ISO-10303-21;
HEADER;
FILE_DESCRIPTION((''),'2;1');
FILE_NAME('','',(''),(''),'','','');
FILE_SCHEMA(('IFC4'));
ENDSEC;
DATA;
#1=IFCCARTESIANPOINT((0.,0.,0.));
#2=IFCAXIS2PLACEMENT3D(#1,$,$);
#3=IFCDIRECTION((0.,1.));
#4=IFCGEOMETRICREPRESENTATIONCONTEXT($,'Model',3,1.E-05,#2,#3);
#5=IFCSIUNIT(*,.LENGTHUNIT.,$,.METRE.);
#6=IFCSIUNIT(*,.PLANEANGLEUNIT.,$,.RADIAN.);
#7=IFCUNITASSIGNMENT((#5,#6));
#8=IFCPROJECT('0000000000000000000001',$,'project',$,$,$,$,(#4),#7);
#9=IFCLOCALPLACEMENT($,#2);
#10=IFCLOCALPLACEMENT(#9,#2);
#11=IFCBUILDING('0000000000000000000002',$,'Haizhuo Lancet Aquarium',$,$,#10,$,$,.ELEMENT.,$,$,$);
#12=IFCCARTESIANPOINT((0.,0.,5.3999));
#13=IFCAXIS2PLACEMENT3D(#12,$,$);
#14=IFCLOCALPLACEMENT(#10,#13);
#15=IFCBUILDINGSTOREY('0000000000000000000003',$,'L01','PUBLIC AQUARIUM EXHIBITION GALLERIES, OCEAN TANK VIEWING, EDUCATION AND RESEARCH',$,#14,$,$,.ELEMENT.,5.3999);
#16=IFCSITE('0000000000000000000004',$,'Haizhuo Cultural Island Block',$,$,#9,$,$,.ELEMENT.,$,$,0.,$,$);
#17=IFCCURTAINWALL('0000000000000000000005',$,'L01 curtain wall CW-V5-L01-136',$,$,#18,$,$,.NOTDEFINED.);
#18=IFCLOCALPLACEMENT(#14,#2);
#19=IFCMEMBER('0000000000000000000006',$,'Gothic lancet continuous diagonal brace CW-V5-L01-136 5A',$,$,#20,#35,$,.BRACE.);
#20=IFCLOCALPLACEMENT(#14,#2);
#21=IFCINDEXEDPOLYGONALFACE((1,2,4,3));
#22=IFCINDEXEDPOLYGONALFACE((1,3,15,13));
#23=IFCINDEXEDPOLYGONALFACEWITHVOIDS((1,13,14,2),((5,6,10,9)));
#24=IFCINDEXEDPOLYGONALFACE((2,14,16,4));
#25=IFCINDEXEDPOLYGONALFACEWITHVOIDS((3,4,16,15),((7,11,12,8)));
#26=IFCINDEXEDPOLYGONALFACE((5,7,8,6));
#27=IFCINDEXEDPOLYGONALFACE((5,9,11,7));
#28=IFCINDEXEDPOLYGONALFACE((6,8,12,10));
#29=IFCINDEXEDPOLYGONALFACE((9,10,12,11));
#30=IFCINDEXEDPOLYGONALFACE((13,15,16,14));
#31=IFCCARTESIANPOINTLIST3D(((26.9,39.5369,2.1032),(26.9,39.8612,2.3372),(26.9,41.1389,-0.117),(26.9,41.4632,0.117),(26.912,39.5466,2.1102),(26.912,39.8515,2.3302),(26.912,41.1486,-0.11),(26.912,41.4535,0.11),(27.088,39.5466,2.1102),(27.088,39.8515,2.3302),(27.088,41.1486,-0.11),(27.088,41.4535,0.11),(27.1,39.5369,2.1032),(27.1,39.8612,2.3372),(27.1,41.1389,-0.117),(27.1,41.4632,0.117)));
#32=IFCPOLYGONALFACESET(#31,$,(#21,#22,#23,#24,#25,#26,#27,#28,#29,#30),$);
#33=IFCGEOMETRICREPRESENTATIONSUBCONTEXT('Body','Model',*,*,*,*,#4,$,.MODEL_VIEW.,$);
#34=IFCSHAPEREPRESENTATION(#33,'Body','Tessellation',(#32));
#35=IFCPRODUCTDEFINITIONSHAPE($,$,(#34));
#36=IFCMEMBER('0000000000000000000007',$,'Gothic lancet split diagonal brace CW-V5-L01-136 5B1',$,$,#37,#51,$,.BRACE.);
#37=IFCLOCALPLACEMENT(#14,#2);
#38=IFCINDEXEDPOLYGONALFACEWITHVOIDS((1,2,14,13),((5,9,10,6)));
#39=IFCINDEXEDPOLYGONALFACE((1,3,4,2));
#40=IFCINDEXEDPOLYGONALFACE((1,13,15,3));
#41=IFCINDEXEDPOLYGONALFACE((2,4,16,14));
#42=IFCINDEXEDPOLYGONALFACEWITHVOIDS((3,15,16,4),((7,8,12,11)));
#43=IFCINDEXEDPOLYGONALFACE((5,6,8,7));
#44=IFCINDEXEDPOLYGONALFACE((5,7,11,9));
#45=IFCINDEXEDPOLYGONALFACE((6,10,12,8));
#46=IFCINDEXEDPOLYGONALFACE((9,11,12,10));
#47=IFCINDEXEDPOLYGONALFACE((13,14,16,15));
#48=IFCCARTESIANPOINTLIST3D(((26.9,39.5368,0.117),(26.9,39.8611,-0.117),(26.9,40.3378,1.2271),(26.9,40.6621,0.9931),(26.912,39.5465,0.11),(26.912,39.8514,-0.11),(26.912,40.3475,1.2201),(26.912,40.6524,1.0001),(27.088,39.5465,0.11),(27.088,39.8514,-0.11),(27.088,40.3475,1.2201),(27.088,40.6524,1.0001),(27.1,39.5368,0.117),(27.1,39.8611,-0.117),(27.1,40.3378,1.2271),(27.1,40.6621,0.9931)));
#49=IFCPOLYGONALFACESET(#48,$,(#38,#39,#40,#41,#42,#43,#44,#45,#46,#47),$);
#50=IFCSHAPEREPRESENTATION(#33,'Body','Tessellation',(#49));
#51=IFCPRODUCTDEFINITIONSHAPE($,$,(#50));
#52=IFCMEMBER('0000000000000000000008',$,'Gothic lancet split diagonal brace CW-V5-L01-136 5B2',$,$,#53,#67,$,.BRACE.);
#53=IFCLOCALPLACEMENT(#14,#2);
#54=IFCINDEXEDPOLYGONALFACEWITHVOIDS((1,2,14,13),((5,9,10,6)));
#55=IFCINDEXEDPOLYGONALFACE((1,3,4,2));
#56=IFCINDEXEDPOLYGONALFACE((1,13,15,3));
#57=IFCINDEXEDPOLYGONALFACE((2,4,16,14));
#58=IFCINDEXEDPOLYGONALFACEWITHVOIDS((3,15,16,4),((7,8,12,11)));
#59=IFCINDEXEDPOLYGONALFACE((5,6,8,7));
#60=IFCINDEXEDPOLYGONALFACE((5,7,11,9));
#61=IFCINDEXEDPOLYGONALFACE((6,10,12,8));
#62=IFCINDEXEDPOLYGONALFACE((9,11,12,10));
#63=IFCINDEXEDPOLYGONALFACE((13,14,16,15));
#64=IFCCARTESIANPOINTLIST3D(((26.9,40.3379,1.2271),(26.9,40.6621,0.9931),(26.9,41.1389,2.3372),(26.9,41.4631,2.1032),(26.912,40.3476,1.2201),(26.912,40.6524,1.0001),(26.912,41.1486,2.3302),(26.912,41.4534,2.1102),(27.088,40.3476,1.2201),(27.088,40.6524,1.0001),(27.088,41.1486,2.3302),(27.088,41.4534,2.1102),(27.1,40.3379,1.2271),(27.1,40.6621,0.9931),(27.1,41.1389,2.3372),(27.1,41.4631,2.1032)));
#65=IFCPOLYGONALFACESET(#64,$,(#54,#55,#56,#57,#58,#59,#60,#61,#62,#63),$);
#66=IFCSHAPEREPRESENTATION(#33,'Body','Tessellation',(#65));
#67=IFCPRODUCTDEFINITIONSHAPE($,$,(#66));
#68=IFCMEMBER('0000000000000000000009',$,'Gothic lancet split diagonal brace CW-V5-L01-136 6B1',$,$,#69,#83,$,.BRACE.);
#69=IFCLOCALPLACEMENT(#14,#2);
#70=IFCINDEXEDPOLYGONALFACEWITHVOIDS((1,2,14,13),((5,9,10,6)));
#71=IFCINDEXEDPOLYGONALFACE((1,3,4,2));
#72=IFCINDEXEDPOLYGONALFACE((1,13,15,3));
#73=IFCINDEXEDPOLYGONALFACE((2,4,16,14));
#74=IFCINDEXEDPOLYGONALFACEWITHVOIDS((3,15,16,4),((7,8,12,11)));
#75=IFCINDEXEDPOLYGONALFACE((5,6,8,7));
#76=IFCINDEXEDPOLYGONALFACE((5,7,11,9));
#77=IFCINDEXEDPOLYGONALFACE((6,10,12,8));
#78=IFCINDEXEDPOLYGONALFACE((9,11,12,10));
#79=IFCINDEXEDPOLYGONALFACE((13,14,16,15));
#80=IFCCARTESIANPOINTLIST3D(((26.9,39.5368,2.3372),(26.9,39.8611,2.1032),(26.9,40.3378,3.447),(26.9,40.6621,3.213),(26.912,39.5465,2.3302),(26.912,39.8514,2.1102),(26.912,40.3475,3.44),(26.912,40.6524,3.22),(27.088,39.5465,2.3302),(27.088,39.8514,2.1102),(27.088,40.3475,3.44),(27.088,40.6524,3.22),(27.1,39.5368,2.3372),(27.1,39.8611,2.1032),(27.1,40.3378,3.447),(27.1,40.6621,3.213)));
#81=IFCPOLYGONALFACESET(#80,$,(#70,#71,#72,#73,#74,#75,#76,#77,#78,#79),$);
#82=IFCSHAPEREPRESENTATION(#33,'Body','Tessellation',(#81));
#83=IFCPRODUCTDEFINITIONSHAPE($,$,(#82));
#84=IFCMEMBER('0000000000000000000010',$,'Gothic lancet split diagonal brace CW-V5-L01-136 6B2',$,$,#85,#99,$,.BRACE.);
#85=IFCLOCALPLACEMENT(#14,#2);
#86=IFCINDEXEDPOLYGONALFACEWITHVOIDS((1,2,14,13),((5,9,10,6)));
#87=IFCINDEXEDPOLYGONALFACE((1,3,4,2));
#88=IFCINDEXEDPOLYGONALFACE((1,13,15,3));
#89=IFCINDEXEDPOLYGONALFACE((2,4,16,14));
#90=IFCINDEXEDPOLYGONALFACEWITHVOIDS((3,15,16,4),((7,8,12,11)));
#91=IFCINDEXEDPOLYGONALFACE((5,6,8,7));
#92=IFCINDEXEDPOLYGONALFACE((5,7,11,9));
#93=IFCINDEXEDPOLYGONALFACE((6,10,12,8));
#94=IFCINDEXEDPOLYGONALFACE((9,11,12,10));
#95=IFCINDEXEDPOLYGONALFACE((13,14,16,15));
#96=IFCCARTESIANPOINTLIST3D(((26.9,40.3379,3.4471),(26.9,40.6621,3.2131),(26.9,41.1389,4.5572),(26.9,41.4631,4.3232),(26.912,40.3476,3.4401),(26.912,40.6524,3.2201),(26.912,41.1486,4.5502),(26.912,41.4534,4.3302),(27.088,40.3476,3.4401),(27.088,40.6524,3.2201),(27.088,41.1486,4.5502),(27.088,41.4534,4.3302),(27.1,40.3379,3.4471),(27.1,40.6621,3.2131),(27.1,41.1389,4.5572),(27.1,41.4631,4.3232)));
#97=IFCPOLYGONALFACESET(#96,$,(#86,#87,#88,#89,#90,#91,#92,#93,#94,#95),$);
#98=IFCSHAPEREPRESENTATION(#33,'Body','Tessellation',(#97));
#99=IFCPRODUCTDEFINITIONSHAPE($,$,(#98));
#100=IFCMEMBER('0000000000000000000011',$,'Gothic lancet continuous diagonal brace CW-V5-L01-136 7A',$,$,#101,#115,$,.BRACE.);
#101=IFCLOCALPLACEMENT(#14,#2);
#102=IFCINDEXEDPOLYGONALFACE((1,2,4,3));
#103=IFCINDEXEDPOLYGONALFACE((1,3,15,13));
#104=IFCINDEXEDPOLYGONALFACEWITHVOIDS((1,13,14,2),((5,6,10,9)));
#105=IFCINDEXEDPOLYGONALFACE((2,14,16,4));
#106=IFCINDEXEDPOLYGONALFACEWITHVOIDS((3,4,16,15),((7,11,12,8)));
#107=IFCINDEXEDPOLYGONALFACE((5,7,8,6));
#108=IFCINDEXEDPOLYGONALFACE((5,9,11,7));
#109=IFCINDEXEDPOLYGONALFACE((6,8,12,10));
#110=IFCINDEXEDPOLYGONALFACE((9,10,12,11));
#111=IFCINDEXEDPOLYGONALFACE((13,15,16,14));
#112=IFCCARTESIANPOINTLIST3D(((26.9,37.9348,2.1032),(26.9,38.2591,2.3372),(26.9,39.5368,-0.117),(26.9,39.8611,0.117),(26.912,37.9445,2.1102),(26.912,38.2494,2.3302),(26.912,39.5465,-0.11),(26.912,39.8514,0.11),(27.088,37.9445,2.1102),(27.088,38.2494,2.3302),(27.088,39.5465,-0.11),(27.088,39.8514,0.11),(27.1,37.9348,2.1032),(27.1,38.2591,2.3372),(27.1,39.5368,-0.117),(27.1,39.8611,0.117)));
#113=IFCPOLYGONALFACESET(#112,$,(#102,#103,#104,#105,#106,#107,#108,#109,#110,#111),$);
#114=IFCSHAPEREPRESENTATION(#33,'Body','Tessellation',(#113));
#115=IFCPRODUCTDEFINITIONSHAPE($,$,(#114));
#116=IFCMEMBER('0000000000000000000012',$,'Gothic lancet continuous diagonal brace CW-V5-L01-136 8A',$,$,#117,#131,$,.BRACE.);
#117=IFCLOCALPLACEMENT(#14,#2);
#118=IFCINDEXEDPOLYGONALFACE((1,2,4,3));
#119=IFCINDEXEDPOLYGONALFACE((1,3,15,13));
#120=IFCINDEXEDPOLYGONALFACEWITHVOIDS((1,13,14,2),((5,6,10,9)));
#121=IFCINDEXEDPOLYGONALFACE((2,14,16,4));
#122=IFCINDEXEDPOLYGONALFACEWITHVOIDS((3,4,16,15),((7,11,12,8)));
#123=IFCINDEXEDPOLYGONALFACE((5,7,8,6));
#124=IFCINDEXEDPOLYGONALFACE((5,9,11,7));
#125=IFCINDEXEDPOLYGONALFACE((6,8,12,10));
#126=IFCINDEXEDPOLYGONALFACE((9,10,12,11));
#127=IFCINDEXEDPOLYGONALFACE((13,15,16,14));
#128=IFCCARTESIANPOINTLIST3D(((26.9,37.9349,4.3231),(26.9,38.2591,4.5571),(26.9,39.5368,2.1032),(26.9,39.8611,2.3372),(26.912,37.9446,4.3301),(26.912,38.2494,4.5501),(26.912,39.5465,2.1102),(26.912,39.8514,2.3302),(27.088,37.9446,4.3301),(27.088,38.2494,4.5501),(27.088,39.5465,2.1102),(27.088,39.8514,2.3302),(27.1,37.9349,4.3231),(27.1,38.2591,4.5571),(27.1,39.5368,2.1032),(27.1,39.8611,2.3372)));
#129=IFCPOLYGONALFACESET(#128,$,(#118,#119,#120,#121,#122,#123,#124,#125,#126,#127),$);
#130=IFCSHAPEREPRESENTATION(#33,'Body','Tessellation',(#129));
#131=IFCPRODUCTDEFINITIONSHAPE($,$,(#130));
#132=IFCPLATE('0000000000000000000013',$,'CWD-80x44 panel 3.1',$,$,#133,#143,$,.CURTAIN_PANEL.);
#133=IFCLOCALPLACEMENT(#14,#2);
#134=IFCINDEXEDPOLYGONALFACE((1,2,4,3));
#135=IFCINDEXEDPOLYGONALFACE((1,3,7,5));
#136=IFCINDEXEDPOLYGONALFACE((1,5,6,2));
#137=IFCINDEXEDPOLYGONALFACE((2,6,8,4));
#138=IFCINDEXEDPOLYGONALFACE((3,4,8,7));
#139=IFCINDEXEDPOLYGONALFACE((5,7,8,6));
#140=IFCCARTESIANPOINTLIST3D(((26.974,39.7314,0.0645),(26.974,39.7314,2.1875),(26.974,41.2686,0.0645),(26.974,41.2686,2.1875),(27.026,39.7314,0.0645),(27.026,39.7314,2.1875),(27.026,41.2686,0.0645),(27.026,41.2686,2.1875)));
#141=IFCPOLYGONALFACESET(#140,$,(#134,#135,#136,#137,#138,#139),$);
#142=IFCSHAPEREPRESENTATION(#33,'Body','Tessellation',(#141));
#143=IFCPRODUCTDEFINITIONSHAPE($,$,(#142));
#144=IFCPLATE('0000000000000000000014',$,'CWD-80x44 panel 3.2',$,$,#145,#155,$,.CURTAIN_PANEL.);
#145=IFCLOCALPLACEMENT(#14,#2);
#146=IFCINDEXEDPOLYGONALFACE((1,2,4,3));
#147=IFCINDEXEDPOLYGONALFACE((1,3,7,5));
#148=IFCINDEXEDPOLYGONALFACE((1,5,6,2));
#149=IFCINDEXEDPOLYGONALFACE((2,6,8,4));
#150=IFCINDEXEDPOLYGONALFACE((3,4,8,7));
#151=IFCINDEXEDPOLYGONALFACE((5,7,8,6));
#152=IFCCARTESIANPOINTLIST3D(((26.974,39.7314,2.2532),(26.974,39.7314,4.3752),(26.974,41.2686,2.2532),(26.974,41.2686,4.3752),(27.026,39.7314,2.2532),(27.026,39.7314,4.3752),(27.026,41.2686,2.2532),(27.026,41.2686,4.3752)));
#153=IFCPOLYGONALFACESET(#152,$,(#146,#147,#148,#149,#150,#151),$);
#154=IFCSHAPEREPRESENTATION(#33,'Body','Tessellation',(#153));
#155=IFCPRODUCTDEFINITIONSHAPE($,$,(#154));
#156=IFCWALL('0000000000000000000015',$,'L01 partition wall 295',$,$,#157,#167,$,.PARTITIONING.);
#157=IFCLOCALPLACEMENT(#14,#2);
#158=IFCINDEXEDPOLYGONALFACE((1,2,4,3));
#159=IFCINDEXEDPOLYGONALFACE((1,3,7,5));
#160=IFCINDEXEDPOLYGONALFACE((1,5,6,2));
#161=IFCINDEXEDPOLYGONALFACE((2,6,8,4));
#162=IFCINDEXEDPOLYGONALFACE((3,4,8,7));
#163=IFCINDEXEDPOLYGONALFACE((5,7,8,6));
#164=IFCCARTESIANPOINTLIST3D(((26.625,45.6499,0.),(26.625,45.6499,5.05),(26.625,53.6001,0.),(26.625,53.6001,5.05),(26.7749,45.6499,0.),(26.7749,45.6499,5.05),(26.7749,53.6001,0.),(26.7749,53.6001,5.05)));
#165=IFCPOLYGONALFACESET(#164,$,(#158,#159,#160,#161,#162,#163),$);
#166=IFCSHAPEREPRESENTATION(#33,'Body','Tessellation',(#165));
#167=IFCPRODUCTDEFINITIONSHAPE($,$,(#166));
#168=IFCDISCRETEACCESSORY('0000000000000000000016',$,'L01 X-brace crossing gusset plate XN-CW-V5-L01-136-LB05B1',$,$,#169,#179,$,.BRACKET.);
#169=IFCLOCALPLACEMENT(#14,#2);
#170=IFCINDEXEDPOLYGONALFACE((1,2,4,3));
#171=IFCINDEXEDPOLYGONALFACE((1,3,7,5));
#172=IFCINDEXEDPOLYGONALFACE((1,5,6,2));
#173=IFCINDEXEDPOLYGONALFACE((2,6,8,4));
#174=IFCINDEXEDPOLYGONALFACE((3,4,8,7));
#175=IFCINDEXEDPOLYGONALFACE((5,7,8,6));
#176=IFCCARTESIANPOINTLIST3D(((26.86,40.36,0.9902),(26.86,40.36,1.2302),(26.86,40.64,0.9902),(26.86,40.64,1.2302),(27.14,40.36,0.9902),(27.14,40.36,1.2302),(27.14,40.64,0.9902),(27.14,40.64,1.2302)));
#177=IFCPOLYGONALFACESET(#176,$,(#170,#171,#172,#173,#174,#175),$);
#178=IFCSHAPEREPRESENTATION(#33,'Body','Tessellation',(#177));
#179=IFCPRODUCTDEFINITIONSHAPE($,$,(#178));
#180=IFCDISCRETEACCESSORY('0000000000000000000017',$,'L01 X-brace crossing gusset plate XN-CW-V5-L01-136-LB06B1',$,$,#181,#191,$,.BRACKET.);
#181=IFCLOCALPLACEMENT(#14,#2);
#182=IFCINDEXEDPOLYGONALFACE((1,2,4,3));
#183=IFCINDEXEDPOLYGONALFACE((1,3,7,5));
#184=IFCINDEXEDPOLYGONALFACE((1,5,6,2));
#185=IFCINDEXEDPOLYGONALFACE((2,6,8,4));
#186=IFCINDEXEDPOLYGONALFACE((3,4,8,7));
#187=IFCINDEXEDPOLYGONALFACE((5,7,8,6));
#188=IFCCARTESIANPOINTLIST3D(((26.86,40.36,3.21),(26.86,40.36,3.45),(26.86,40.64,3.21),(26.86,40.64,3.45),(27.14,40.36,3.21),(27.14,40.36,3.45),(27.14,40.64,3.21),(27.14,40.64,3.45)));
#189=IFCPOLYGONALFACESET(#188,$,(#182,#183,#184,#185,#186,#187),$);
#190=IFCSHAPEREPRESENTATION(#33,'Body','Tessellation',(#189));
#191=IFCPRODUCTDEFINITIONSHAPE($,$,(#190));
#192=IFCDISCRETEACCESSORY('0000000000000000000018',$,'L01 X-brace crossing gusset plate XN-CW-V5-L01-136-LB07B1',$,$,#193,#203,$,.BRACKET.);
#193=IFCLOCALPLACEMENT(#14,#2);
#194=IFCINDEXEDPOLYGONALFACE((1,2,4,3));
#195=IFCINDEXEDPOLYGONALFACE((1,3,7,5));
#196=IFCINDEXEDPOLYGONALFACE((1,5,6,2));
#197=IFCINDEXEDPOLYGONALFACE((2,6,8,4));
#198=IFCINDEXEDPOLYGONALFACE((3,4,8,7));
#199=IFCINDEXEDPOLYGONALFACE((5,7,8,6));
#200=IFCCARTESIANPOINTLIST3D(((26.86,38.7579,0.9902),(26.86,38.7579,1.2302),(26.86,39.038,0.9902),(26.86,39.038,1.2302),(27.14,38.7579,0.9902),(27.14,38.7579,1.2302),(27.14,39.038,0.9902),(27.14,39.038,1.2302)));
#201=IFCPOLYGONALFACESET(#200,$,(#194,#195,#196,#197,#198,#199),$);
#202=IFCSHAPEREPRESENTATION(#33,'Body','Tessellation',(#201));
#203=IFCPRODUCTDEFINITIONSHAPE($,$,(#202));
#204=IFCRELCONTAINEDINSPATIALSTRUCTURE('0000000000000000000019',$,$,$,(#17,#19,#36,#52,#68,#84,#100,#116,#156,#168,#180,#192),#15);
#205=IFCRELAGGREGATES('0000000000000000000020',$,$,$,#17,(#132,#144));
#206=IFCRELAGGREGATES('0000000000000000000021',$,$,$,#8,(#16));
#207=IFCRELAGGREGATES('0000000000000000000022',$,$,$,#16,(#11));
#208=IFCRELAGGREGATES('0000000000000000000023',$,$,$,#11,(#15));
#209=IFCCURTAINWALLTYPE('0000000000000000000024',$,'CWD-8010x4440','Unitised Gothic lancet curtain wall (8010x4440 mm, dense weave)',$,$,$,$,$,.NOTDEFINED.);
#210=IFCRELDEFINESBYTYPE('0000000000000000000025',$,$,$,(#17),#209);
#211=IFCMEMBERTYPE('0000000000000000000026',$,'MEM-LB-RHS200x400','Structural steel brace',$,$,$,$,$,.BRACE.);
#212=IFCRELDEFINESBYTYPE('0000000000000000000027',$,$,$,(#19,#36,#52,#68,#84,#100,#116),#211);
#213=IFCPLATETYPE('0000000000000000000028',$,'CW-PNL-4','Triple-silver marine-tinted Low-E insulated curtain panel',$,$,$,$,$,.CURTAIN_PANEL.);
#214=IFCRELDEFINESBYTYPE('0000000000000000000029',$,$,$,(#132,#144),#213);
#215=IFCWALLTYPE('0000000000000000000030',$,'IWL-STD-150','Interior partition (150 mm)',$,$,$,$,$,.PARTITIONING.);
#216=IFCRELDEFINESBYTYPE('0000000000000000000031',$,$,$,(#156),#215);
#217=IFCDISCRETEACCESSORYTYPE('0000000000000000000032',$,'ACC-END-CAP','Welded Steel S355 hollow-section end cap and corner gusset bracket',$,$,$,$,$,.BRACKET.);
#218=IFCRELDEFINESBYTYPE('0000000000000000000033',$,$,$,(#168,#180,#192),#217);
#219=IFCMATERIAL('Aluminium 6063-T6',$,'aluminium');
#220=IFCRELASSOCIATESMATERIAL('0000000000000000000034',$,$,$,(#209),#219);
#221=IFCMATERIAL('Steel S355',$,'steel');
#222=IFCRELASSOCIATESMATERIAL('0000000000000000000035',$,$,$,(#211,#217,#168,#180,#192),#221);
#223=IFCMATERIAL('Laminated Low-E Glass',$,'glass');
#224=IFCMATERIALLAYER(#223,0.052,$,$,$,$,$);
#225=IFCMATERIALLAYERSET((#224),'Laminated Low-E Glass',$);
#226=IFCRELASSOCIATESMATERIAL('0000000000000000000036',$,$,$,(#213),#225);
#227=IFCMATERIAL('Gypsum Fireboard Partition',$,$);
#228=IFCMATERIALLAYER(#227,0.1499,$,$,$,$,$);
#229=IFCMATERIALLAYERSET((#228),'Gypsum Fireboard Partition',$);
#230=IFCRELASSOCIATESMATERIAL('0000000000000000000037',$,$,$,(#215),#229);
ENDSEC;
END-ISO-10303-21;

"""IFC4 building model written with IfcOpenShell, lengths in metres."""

from ifc_helpers import new_model, si_unit, direction, frame, frame_2d, origin, origin_2d, place, context, subcontext, project, spatial, rectangle, hollow_rectangle, extrude, material, layer, layer_set, material_profile, profile_set, type_object, element, aggregate, save


model = new_model("IFC4")

# Units and contexts
model_context = context("Model", 3, precision=1e-05, world=origin(), true_north=direction((0.0, 1.0)))
body_context = subcontext(model_context, "Body", "Model", "MODEL_VIEW")
ifc_project = project(units=[si_unit("LENGTHUNIT", "METRE"), si_unit("PLANEANGLEUNIT", "RADIAN")], contexts=[model_context])

# Site, building, storey
site_placement = place(None, origin())
site = spatial("IfcSite", under=ifc_project, at=site_placement, Name="Haizhuo Cultural Island Block", CompositionType="ELEMENT", RefElevation=0.0)
building_placement = place(site_placement, origin())
building = spatial("IfcBuilding", under=site, at=building_placement, Name="Haizhuo Lancet Aquarium", CompositionType="ELEMENT")
storey_placement = place(building_placement, frame((0.0, 0.0, 5.3999)))
storey = spatial("IfcBuildingStorey", under=building, at=storey_placement, Name="L01", Description="PUBLIC AQUARIUM EXHIBITION GALLERIES, OCEAN TANK VIEWING, EDUCATION AND RESEARCH", CompositionType="ELEMENT", Elevation=5.3999)

# Curtain wall
ifc_material_1 = material(Name="Aluminium 6063-T6", Category="aluminium")
curtain_wall_type = type_object("IfcCurtainWallType", Name="CWD-8010x4440", Description="Unitised Gothic lancet curtain wall (8010x4440 mm, dense weave)", PredefinedType="NOTDEFINED", material=ifc_material_1)
curtain_wall_placement = place(storey_placement, origin())
curtain_wall = element("IfcCurtainWall", 1, at=curtain_wall_placement, inside=storey, type_object=curtain_wall_type, Name="L01 curtain wall CW-V5-L01-136", PredefinedType="NOTDEFINED")

# Members
ifc_material_2 = material(Name="Steel S355", Category="steel")
ifc_material_profile_1 = material_profile(ifc_material_2, hollow_rectangle(XDim=0.2, YDim=0.3999, WallThickness=0.012, at=origin_2d()), Name="RHS 200x400x12")
ifc_profile_set_1 = profile_set([ifc_material_profile_1], Name="Steel S355")
member_type_1 = type_object("IfcMemberType", Name="MEM-LB-RHS200x400", Description="Structural steel brace", PredefinedType="BRACE", material=ifc_profile_set_1)
member_1_placement = place(storey_placement, frame((27.0, 41.301, 0.0), z_axis=(0.0, -0.585145, 0.810928), x_axis=(1.0, 0.0, 0.0)))
element("IfcMember", 2, at=member_1_placement, inside=storey, type_object=member_type_1, Name="Gothic lancet continuous diagonal brace CW-V5-L01-136 5A", PredefinedType="BRACE", context=body_context, shape_type="SweptSolid", body=[
    extrude(hollow_rectangle(XDim=0.2, YDim=0.3999, WallThickness=0.012, at=origin_2d()), origin(), (0.0, 0.0, 1.0), 2.7378),
])
for number, where, z_axis, x_axis, name in (
    (3, (27.0, 39.699, 0.0), (0.0, 0.585145, 0.810928), (-1.0, 0.0, 0.0), "Gothic lancet split diagonal brace CW-V5-L01-136 5B1"),
    (4, (27.0, 40.5, 1.1101), (0.0, 0.585145, 0.810928), (-1.0, 0.0, 0.0), "Gothic lancet split diagonal brace CW-V5-L01-136 5B2"),
):
    element("IfcMember", number, at=place(storey_placement, frame(where, z_axis=z_axis, x_axis=x_axis)), inside=storey, type_object=member_type_1, Name=name, PredefinedType="BRACE", context=body_context, shape_type="SweptSolid", body=[
        extrude(hollow_rectangle(XDim=0.2, YDim=0.3999, WallThickness=0.012, at=origin_2d()), origin(), (0.0, 0.0, 1.0), 1.3689),
    ])
member_2_placement = place(storey_placement, frame((27.0, 39.699, 2.2202), z_axis=(0.0, 0.58523, 0.810867), x_axis=(-1.0, 0.0, 0.0)))
element("IfcMember", 5, at=member_2_placement, inside=storey, type_object=member_type_1, Name="Gothic lancet split diagonal brace CW-V5-L01-136 6B1", PredefinedType="BRACE", context=body_context, shape_type="SweptSolid", body=[
    extrude(hollow_rectangle(XDim=0.2, YDim=0.3999, WallThickness=0.012, at=origin_2d()), origin(), (0.0, 0.0, 1.0), 1.3687),
])
member_3_placement = place(storey_placement, frame((27.0, 40.5, 3.3301), z_axis=(0.0, 0.585145, 0.810928), x_axis=(-1.0, 0.0, 0.0)))
element("IfcMember", 6, at=member_3_placement, inside=storey, type_object=member_type_1, Name="Gothic lancet split diagonal brace CW-V5-L01-136 6B2", PredefinedType="BRACE", context=body_context, shape_type="SweptSolid", body=[
    extrude(hollow_rectangle(XDim=0.2, YDim=0.3999, WallThickness=0.012, at=origin_2d()), origin(), (0.0, 0.0, 1.0), 1.3689),
])
member_4_placement = place(storey_placement, frame((27.0, 39.699, 0.0), z_axis=(0.0, -0.585145, 0.810928), x_axis=(1.0, 0.0, 0.0)))
element("IfcMember", 7, at=member_4_placement, inside=storey, type_object=member_type_1, Name="Gothic lancet continuous diagonal brace CW-V5-L01-136 7A", PredefinedType="BRACE", context=body_context, shape_type="SweptSolid", body=[
    extrude(hollow_rectangle(XDim=0.2, YDim=0.3999, WallThickness=0.012, at=origin_2d()), origin(), (0.0, 0.0, 1.0), 2.7378),
])
member_5_placement = place(storey_placement, frame((27.0, 39.699, 2.2202), z_axis=(0.0, -0.585188, 0.810898), x_axis=(1.0, 0.0, 0.0)))
element("IfcMember", 8, at=member_5_placement, inside=storey, type_object=member_type_1, Name="Gothic lancet continuous diagonal brace CW-V5-L01-136 8A", PredefinedType="BRACE", context=body_context, shape_type="SweptSolid", body=[
    extrude(hollow_rectangle(XDim=0.2, YDim=0.3999, WallThickness=0.012, at=origin_2d()), origin(), (0.0, 0.0, 1.0), 2.7375),
])

# Plates
ifc_material_3 = material(Name="Laminated Low-E Glass", Category="glass")
ifc_layer_1 = layer(ifc_material_3, 0.052)
ifc_layer_set_1 = layer_set([ifc_layer_1], Name="Laminated Low-E Glass")
plate_type = type_object("IfcPlateType", Name="CW-PNL-4", Description="Triple-silver marine-tinted Low-E insulated curtain panel", PredefinedType="CURTAIN_PANEL", material=ifc_layer_set_1)
plate_1_placement = place(storey_placement, frame((27.0, 40.5, 0.0645), z_axis=(0.0, 0.0, 1.0), x_axis=(0.0, -1.0, 0.0)))
plate_1 = element("IfcPlate", 9, at=plate_1_placement, type_object=plate_type, Name="CWD-80x44 panel 3.1", PredefinedType="CURTAIN_PANEL", context=body_context, shape_type="SweptSolid", body=[
    extrude(rectangle(XDim=1.5371, YDim=0.052, at=origin_2d()), origin(), (0.0, 0.0, 1.0), 2.123),
])
plate_2_placement = place(storey_placement, frame((27.0, 40.5, 2.2532), z_axis=(0.0, 0.0, 1.0), x_axis=(0.0, -1.0, 0.0)))
plate_2 = element("IfcPlate", 10, at=plate_2_placement, type_object=plate_type, Name="CWD-80x44 panel 3.2", PredefinedType="CURTAIN_PANEL", context=body_context, shape_type="SweptSolid", body=[
    extrude(rectangle(XDim=1.5371, YDim=0.052, at=origin_2d()), origin(), (0.0, 0.0, 1.0), 2.1221),
])
aggregate(curtain_wall, [plate_1, plate_2])

# Wall
ifc_material_4 = material(Name="Gypsum Fireboard Partition")
ifc_layer_2 = layer(ifc_material_4, 0.1499)
ifc_layer_set_2 = layer_set([ifc_layer_2], Name="Gypsum Fireboard Partition")
wall_type = type_object("IfcWallType", Name="IWL-STD-150", Description="Interior partition (150 mm)", PredefinedType="PARTITIONING", material=ifc_layer_set_2)
wall_placement = place(storey_placement, frame((26.7, 45.6499, 0.0), z_axis=(0.0, 0.0, 1.0), x_axis=(0.0, 1.0, 0.0)))
element("IfcWall", 11, at=wall_placement, inside=storey, type_object=wall_type, Name="L01 partition wall 295", PredefinedType="PARTITIONING", context=body_context, shape_type="SweptSolid", body=[
    extrude(rectangle(XDim=7.9502, YDim=0.1499, at=frame_2d((3.9751, 0.0))), origin(), (0.0, 0.0, 1.0), 5.05),
])

# Discrete accessories
discrete_accessory_type = type_object("IfcDiscreteAccessoryType", Name="ACC-END-CAP", Description="Welded Steel S355 hollow-section end cap and corner gusset bracket", PredefinedType="BRACKET", material=ifc_material_2)
for number, where, z_axis, x_axis, name in (
    (12, (27.0, 40.5, 0.9902), (0.0, 0.0, 1.0), (1.0, 0.0, 0.0), "L01 X-brace crossing gusset plate XN-CW-V5-L01-136-LB05B1"),
    (13, (27.0, 40.5, 3.21), (0.0, 0.0, 1.0), (1.0, 0.0, 0.0), "L01 X-brace crossing gusset plate XN-CW-V5-L01-136-LB06B1"),
    (14, (27.0, 38.8979, 0.9902), (0.0, 0.0, 1.0), (1.0, 0.0, 0.0), "L01 X-brace crossing gusset plate XN-CW-V5-L01-136-LB07B1"),
):
    element("IfcDiscreteAccessory", number, at=place(storey_placement, frame(where, z_axis=z_axis, x_axis=x_axis)), inside=storey, type_object=discrete_accessory_type, material=ifc_material_2, Name=name, PredefinedType="BRACKET", context=body_context, shape_type="SweptSolid", body=[
        extrude(rectangle(XDim=0.28, YDim=0.28, at=origin_2d()), origin(), (0.0, 0.0, 1.0), 0.24),
    ])

save(model, "model.ifc")
